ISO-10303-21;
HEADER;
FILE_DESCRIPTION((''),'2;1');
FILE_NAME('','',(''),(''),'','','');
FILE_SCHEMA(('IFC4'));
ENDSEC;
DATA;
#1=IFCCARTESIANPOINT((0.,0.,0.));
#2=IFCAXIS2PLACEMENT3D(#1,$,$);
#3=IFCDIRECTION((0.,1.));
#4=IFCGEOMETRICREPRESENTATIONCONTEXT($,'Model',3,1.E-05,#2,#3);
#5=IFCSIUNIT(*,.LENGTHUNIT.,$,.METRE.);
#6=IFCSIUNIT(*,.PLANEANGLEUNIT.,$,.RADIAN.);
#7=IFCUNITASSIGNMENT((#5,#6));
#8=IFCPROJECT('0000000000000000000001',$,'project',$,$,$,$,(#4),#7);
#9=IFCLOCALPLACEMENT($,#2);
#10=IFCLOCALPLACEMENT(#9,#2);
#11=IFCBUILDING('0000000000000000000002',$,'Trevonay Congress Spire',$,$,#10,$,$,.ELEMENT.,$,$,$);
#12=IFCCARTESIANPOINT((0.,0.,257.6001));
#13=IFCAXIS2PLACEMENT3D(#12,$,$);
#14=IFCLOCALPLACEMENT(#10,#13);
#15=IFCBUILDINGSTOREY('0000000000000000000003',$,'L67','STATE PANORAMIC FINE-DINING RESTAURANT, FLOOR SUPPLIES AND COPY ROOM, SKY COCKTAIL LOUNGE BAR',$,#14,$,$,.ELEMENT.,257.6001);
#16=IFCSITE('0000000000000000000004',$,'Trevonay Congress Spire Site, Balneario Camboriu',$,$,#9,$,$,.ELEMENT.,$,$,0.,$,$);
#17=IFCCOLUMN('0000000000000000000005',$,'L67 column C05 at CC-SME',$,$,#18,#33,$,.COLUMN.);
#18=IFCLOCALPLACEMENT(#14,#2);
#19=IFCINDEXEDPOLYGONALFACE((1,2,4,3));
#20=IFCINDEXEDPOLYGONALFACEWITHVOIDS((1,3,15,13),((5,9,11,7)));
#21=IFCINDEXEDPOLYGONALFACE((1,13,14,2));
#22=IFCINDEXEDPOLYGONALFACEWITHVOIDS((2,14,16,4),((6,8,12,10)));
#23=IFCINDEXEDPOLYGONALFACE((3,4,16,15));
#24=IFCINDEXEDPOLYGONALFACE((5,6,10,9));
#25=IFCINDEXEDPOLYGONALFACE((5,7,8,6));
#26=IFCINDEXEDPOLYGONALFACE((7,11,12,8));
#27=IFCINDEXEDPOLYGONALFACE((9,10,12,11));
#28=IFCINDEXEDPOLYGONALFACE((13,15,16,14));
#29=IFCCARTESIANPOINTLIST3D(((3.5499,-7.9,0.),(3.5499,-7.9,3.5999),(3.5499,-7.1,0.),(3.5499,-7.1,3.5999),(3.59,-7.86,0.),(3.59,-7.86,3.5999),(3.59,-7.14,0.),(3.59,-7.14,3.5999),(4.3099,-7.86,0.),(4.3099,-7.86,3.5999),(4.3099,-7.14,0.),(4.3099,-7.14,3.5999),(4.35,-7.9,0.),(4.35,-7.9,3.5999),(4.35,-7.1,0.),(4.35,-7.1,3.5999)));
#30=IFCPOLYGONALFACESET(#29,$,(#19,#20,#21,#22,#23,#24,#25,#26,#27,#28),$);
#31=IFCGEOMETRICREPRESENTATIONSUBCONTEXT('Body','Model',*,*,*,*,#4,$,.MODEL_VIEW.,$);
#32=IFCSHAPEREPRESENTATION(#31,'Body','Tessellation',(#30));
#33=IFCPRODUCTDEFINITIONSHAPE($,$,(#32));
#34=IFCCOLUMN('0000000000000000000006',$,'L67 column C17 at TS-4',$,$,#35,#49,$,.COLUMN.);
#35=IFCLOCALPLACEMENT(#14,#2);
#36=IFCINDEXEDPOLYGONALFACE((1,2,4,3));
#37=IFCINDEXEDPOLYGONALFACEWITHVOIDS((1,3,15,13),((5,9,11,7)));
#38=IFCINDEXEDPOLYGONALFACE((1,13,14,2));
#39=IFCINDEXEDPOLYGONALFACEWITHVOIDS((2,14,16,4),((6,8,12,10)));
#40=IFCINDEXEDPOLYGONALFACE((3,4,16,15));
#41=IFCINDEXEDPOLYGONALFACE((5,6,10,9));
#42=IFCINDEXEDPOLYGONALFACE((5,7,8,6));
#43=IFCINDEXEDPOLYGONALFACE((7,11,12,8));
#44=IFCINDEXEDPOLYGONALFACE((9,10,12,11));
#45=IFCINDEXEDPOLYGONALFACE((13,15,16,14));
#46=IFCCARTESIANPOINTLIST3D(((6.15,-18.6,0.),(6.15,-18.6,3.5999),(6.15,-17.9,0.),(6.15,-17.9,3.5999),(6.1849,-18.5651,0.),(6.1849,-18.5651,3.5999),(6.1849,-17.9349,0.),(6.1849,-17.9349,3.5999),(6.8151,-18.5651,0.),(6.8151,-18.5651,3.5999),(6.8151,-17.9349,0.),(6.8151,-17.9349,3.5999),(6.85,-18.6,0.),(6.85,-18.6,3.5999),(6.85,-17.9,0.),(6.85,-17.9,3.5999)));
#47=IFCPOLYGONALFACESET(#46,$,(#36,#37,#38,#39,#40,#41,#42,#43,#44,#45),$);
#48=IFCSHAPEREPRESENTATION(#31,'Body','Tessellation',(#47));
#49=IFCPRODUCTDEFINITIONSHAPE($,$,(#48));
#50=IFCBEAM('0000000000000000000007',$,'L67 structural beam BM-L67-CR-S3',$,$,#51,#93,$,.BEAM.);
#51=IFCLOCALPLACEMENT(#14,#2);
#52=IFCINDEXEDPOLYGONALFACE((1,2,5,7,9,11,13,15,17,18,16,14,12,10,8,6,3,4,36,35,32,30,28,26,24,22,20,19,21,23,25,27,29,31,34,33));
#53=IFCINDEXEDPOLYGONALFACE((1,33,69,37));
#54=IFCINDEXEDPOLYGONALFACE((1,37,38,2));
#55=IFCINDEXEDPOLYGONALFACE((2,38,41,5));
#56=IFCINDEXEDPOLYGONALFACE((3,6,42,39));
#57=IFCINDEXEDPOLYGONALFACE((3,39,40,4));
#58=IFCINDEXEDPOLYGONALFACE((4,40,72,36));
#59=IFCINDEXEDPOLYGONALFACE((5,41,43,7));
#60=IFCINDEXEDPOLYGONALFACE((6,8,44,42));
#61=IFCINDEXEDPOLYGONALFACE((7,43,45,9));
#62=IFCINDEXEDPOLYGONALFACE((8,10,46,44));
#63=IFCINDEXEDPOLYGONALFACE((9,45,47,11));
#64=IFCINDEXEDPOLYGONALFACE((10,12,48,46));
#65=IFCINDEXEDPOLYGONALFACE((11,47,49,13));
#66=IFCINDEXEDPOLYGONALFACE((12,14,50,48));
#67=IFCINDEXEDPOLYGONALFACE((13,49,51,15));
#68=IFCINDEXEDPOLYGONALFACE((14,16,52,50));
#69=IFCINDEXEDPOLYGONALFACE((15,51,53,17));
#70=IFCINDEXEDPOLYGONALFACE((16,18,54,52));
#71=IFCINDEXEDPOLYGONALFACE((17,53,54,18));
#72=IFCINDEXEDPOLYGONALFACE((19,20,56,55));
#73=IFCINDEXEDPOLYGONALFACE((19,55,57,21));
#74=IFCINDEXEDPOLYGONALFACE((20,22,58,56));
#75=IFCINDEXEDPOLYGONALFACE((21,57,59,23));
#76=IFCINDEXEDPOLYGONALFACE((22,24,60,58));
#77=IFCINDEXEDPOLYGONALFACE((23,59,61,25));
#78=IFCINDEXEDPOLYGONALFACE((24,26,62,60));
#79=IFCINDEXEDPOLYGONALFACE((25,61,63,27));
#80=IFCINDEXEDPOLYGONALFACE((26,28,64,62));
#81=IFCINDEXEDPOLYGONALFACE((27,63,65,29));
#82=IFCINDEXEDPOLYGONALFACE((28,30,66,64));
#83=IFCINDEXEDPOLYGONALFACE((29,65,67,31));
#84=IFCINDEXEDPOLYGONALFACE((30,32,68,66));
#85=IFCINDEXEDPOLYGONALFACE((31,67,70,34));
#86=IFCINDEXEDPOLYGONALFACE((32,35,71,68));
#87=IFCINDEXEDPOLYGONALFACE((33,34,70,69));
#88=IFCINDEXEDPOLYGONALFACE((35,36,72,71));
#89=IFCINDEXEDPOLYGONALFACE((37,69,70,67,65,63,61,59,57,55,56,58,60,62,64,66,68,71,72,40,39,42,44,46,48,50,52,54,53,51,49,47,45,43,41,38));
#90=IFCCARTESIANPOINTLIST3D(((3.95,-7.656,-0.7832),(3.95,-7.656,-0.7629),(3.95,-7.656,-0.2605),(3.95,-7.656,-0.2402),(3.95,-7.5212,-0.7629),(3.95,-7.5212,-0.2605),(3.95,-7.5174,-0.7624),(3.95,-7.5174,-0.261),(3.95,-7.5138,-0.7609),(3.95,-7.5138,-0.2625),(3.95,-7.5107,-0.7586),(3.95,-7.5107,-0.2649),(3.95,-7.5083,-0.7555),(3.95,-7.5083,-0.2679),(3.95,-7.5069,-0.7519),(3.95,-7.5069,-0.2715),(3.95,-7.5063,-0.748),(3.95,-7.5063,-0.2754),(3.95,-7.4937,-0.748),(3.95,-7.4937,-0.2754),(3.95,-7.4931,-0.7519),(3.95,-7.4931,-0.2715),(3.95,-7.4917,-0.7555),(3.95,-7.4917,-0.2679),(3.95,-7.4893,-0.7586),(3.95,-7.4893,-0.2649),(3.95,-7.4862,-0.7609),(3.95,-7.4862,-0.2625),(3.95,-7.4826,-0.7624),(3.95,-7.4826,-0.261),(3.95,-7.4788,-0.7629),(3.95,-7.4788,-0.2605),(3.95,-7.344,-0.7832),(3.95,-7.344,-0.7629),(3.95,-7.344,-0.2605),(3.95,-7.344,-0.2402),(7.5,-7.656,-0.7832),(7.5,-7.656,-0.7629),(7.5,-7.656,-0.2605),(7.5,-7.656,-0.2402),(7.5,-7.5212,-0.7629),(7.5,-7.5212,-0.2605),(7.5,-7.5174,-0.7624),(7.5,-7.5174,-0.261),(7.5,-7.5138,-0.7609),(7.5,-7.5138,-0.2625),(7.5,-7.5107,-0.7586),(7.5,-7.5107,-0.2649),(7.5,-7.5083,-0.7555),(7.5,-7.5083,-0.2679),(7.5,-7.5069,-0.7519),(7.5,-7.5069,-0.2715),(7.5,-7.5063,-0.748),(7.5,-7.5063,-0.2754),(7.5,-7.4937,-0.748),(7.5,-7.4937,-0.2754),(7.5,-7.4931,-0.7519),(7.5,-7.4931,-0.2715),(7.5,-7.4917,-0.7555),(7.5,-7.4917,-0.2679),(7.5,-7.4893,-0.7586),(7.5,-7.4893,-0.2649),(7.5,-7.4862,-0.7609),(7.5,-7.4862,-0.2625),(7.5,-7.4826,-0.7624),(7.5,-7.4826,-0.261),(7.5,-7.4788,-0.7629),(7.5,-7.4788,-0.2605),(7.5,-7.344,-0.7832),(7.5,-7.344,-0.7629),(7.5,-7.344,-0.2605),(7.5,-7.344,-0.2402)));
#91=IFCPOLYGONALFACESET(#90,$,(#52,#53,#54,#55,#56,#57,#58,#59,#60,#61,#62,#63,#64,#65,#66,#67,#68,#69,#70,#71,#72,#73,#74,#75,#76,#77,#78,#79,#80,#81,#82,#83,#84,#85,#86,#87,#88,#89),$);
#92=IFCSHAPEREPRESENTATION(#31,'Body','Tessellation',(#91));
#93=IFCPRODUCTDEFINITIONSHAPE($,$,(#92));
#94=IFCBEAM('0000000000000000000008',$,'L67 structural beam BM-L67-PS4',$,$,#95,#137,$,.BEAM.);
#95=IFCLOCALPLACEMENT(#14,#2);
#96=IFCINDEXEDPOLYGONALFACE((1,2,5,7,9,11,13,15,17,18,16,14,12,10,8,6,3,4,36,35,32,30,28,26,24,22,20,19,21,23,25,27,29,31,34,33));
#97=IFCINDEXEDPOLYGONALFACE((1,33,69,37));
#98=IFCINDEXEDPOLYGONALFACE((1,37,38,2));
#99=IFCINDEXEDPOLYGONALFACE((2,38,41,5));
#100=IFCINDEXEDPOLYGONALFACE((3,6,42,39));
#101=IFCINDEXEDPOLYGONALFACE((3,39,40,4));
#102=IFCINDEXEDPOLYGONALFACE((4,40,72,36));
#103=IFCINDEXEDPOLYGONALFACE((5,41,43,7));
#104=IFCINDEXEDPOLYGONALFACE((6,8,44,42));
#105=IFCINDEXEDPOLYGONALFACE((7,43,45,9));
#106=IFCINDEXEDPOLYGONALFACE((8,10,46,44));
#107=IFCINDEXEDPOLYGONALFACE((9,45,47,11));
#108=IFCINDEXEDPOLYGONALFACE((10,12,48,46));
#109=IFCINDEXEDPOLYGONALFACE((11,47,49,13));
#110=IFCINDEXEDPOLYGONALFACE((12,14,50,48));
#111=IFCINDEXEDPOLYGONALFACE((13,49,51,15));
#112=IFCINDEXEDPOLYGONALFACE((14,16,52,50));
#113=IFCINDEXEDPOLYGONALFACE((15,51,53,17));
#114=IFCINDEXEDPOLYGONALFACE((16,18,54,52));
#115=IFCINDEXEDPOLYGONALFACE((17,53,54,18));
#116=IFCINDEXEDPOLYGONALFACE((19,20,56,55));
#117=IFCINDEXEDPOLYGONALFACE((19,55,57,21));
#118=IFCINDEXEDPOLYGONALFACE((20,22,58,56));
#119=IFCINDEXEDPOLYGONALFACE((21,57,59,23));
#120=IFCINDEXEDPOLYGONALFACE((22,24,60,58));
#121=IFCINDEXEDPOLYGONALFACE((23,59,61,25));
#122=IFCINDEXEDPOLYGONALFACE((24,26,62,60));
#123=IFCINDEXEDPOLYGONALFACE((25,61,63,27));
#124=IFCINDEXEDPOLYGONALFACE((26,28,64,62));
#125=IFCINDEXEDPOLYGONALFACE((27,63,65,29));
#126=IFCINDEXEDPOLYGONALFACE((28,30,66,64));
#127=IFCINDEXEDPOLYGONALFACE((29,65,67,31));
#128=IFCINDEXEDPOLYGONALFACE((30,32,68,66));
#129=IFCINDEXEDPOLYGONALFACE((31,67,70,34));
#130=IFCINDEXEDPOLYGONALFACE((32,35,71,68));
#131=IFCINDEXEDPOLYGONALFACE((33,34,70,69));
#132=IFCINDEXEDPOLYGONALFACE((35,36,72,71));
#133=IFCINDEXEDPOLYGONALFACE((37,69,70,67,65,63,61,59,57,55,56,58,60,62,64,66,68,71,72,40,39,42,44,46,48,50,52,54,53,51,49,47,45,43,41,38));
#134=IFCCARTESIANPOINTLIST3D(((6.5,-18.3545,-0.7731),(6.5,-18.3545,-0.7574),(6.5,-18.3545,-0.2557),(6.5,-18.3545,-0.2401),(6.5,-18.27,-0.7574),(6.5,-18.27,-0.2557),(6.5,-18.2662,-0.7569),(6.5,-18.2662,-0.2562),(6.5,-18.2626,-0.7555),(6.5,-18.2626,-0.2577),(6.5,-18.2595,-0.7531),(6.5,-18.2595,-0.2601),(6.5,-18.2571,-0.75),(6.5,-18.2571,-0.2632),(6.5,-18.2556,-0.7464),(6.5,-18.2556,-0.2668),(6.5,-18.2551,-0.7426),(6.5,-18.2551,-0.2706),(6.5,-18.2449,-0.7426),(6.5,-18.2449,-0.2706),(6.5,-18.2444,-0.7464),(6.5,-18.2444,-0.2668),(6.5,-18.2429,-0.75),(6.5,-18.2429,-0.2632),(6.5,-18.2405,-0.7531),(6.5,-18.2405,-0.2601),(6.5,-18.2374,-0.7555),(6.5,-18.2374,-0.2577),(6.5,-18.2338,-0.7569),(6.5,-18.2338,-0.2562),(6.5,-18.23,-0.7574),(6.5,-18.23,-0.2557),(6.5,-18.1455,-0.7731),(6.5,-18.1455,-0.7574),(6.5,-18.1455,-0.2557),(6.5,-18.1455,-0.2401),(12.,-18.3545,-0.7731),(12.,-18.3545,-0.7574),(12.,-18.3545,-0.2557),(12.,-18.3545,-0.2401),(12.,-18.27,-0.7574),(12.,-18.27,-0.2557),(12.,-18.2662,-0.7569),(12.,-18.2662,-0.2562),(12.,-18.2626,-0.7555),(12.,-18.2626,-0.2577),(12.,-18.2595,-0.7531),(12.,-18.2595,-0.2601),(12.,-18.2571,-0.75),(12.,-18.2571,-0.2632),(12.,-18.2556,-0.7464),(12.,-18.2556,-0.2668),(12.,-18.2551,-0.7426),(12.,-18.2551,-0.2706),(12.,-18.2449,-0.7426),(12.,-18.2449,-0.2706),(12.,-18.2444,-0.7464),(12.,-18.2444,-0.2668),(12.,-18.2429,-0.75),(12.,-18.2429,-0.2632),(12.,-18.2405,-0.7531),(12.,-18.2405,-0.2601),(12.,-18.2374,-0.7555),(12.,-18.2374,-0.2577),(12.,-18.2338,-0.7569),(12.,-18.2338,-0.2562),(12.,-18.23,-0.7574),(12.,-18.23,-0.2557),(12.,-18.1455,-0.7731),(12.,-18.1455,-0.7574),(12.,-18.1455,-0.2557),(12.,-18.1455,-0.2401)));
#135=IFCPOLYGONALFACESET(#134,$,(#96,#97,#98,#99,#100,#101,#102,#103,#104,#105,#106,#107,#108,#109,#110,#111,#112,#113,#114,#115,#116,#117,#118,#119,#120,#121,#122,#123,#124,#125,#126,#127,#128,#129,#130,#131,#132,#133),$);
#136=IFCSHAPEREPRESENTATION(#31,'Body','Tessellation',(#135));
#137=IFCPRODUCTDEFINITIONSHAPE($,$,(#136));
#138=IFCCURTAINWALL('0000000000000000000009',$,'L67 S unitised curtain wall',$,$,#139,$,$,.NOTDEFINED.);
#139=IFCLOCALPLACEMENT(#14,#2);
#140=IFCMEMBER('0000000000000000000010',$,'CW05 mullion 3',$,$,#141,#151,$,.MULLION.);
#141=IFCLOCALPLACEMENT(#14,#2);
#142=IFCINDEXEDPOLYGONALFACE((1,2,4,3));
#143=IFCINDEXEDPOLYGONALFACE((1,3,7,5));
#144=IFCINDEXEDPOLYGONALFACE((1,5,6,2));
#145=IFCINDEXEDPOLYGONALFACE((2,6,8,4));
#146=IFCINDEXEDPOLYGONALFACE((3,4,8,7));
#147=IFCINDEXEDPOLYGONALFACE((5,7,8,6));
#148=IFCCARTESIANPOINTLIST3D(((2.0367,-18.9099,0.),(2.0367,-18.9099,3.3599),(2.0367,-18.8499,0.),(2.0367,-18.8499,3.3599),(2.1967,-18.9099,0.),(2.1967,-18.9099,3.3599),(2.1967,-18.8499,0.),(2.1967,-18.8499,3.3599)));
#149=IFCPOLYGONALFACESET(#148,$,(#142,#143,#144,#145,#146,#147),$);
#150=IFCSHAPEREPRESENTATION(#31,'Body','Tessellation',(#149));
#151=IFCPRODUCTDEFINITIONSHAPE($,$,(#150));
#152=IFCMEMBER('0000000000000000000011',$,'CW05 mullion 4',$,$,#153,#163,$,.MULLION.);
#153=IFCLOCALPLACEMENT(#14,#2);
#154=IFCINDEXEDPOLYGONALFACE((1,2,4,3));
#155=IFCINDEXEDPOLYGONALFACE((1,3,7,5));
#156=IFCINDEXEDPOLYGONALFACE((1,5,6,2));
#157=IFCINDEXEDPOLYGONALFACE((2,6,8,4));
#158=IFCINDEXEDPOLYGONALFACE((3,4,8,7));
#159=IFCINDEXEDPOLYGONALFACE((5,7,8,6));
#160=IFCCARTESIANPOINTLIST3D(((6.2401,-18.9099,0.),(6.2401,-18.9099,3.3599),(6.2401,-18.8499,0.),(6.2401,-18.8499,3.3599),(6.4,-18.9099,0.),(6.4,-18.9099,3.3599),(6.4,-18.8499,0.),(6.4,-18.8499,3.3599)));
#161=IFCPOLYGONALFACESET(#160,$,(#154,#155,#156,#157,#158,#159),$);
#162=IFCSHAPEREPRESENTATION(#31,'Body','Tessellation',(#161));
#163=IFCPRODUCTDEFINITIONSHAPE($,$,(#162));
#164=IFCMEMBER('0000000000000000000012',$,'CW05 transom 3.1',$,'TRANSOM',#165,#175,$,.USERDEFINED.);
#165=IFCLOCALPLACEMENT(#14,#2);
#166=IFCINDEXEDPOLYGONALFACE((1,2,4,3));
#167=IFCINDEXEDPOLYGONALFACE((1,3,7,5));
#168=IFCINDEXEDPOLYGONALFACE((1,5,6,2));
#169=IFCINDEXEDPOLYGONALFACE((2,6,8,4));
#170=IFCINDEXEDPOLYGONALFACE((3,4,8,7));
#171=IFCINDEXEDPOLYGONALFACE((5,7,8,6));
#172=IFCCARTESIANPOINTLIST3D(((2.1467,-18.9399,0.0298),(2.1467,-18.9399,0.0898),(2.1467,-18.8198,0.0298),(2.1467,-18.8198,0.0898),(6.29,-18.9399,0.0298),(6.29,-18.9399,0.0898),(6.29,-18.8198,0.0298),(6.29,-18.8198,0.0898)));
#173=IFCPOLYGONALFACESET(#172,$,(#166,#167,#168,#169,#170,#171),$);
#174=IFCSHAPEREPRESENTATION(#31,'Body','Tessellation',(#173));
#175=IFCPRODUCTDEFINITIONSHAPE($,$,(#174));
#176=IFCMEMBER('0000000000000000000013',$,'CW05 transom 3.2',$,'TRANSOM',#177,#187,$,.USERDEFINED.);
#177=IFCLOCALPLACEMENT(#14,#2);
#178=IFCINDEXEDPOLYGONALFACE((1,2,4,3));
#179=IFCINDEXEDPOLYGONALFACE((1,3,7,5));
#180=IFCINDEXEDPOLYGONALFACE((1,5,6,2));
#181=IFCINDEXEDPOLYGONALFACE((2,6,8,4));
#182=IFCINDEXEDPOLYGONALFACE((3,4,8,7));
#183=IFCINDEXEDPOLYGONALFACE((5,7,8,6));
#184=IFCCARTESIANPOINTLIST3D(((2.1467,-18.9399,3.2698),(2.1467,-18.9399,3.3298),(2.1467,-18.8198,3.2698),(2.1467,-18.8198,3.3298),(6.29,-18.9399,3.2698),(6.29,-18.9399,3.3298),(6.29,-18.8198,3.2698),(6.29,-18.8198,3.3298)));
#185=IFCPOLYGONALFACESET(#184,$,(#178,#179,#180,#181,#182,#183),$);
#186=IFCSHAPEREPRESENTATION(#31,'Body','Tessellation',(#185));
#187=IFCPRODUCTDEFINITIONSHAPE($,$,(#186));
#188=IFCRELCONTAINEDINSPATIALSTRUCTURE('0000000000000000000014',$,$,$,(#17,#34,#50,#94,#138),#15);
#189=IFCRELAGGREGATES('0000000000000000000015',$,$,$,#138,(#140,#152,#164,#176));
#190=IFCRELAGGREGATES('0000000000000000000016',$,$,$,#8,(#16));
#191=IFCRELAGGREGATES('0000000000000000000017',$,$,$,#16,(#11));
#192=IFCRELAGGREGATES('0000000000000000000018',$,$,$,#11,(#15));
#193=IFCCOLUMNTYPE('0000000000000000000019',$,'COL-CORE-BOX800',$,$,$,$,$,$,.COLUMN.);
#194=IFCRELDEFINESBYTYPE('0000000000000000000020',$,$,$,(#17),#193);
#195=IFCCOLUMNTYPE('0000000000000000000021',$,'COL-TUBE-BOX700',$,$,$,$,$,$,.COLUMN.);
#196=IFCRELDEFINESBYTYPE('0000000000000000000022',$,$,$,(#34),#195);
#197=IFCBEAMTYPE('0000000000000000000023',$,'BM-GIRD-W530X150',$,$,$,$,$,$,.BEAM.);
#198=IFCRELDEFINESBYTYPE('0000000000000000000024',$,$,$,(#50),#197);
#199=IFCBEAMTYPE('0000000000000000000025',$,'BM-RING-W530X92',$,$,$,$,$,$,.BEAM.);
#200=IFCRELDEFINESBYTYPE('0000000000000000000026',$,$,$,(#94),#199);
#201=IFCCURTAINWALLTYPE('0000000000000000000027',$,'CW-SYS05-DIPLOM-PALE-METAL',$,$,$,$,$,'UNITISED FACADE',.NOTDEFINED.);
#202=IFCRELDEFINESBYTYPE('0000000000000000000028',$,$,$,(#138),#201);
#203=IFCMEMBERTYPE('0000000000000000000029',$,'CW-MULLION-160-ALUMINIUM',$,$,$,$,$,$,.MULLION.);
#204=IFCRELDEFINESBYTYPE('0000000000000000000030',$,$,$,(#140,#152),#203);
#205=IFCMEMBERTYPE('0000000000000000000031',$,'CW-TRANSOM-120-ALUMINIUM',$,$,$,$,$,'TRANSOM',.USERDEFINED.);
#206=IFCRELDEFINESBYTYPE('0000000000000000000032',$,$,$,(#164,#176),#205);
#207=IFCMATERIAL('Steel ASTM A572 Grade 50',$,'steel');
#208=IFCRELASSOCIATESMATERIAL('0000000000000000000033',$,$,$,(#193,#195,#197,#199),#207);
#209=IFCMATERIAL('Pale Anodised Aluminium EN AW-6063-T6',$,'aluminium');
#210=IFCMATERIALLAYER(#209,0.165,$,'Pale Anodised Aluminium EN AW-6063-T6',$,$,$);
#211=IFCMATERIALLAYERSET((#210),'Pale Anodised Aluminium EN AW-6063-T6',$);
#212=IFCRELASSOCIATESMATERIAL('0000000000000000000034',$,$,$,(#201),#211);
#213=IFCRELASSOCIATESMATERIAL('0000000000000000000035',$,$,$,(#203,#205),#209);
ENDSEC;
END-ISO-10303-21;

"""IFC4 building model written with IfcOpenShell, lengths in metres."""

from ifc_helpers import new_model, si_unit, direction, frame, origin, origin_2d, place, context, subcontext, project, spatial, rectangle, hollow_rectangle, i_section, extrude, material, layer, layer_set, material_profile, profile_set, type_object, element, aggregate, save


model = new_model("IFC4")

# Units and contexts
model_context = context("Model", 3, precision=1e-05, world=origin(), true_north=direction((0.0, 1.0)))
body_context = subcontext(model_context, "Body", "Model", "MODEL_VIEW")
ifc_project = project(units=[si_unit("LENGTHUNIT", "METRE"), si_unit("PLANEANGLEUNIT", "RADIAN")], contexts=[model_context])

# Site, building, storey
site_placement = place(None, origin())
site = spatial("IfcSite", under=ifc_project, at=site_placement, Name="Trevonay Congress Spire Site, Balneario Camboriu", CompositionType="ELEMENT", RefElevation=0.0)
building_placement = place(site_placement, origin())
building = spatial("IfcBuilding", under=site, at=building_placement, Name="Trevonay Congress Spire", CompositionType="ELEMENT")
storey_placement = place(building_placement, frame((0.0, 0.0, 257.6001)))
storey = spatial("IfcBuildingStorey", under=building, at=storey_placement, Name="L67", Description="STATE PANORAMIC FINE-DINING RESTAURANT, FLOOR SUPPLIES AND COPY ROOM, SKY COCKTAIL LOUNGE BAR", CompositionType="ELEMENT", Elevation=257.6001)

# Columns
ifc_material_1 = material(Name="Steel ASTM A572 Grade 50", Category="steel")
ifc_material_profile_1 = material_profile(ifc_material_1, hollow_rectangle(XDim=0.8, YDim=0.8, WallThickness=0.04, at=origin_2d()), Name="BOX 800x800x40")
ifc_profile_set_1 = profile_set([ifc_material_profile_1], Name="Steel ASTM A572 Grade 50")
column_type_1 = type_object("IfcColumnType", Name="COL-CORE-BOX800", PredefinedType="COLUMN", material=ifc_profile_set_1)
column_1_placement = place(storey_placement, frame((3.95, -7.5, 0.0), z_axis=(0.0, 0.0, 1.0), x_axis=(1.0, 0.0, 0.0)))
element("IfcColumn", 1, at=column_1_placement, inside=storey, type_object=column_type_1, Name="L67 column C05 at CC-SME", PredefinedType="COLUMN", context=body_context, shape_type="SweptSolid", body=[
    extrude(hollow_rectangle(XDim=0.8, YDim=0.8, WallThickness=0.04, at=origin_2d()), origin(), (0.0, 0.0, 1.0), 3.5999),
])
ifc_material_profile_2 = material_profile(ifc_material_1, hollow_rectangle(XDim=0.7, YDim=0.7, WallThickness=0.0349, at=origin_2d()), Name="BOX 700x700x35")
ifc_profile_set_2 = profile_set([ifc_material_profile_2], Name="Steel ASTM A572 Grade 50")
column_type_2 = type_object("IfcColumnType", Name="COL-TUBE-BOX700", PredefinedType="COLUMN", material=ifc_profile_set_2)
column_2_placement = place(storey_placement, frame((6.5, -18.25, 0.0), z_axis=(0.0, 0.0, 1.0), x_axis=(1.0, 0.0, 0.0)))
element("IfcColumn", 2, at=column_2_placement, inside=storey, type_object=column_type_2, Name="L67 column C17 at TS-4", PredefinedType="COLUMN", context=body_context, shape_type="SweptSolid", body=[
    extrude(hollow_rectangle(XDim=0.7, YDim=0.7, WallThickness=0.0349, at=origin_2d()), origin(), (0.0, 0.0, 1.0), 3.5999),
])

# Beams
ifc_material_profile_3 = material_profile(ifc_material_1, i_section(OverallWidth=0.312, OverallDepth=0.543, WebThickness=0.0127, FlangeThickness=0.0203, FilletRadius=0.0149, at=origin_2d()), Name="W530x150")
ifc_profile_set_3 = profile_set([ifc_material_profile_3], Name="Steel ASTM A572 Grade 50")
beam_type_1 = type_object("IfcBeamType", Name="BM-GIRD-W530X150", PredefinedType="BEAM", material=ifc_profile_set_3)
beam_1_placement = place(storey_placement, frame((3.95, -7.5, -0.5117), z_axis=(1.0, 0.0, 0.0), x_axis=(0.0, 1.0, 0.0)))
element("IfcBeam", 3, at=beam_1_placement, inside=storey, type_object=beam_type_1, Name="L67 structural beam BM-L67-CR-S3", PredefinedType="BEAM", context=body_context, shape_type="SweptSolid", body=[
    extrude(i_section(OverallWidth=0.312, OverallDepth=0.543, WebThickness=0.0127, FlangeThickness=0.0203, FilletRadius=0.0149, at=origin_2d()), origin(), (0.0, 0.0, 1.0), 3.55),
])
ifc_material_profile_4 = material_profile(ifc_material_1, i_section(OverallWidth=0.209, OverallDepth=0.533, WebThickness=0.0103, FlangeThickness=0.0156, FilletRadius=0.0149, at=origin_2d()), Name="W530x92")
ifc_profile_set_4 = profile_set([ifc_material_profile_4], Name="Steel ASTM A572 Grade 50")
beam_type_2 = type_object("IfcBeamType", Name="BM-RING-W530X92", PredefinedType="BEAM", material=ifc_profile_set_4)
beam_2_placement = place(storey_placement, frame((6.5, -18.25, -0.5066), z_axis=(1.0, 0.0, 0.0), x_axis=(0.0, 1.0, 0.0)))
element("IfcBeam", 4, at=beam_2_placement, inside=storey, type_object=beam_type_2, Name="L67 structural beam BM-L67-PS4", PredefinedType="BEAM", context=body_context, shape_type="SweptSolid", body=[
    extrude(i_section(OverallWidth=0.209, OverallDepth=0.533, WebThickness=0.0103, FlangeThickness=0.0156, FilletRadius=0.0149, at=origin_2d()), origin(), (0.0, 0.0, 1.0), 5.5),
])

# Curtain wall, members
ifc_material_2 = material(Name="Pale Anodised Aluminium EN AW-6063-T6", Category="aluminium")
ifc_layer_1 = layer(ifc_material_2, 0.165, Name="Pale Anodised Aluminium EN AW-6063-T6")
ifc_layer_set_1 = layer_set([ifc_layer_1], Name="Pale Anodised Aluminium EN AW-6063-T6")
curtain_wall_type = type_object("IfcCurtainWallType", Name="CW-SYS05-DIPLOM-PALE-METAL", ElementType="UNITISED FACADE", PredefinedType="NOTDEFINED", material=ifc_layer_set_1)
curtain_wall_placement = place(storey_placement, origin())
curtain_wall = element("IfcCurtainWall", 5, at=curtain_wall_placement, inside=storey, type_object=curtain_wall_type, Name="L67 S unitised curtain wall", PredefinedType="NOTDEFINED")
ifc_material_profile_5 = material_profile(ifc_material_2, rectangle(XDim=0.0601, YDim=0.1599, at=origin_2d()), Name="CW-MULLION-160-ALUMINIUM")
ifc_profile_set_5 = profile_set([ifc_material_profile_5], Name="Pale Anodised Aluminium EN AW-6063-T6")
member_type_1 = type_object("IfcMemberType", Name="CW-MULLION-160-ALUMINIUM", PredefinedType="MULLION", material=ifc_profile_set_5)
member_1_placement = place(storey_placement, frame((2.1167, -18.8799, 0.0), z_axis=(0.0, 0.0, 1.0), x_axis=(0.0, 1.0, 0.0)))
member_1 = element("IfcMember", 6, at=member_1_placement, type_object=member_type_1, Name="CW05 mullion 3", PredefinedType="MULLION", context=body_context, shape_type="SweptSolid", body=[
    extrude(rectangle(XDim=0.0601, YDim=0.1599, at=origin_2d()), origin(), (0.0, 0.0, 1.0), 3.3599),
])
member_2_placement = place(storey_placement, frame((6.3201, -18.8799, 0.0), z_axis=(0.0, 0.0, 1.0), x_axis=(0.0, 1.0, 0.0)))
member_2 = element("IfcMember", 7, at=member_2_placement, type_object=member_type_1, Name="CW05 mullion 4", PredefinedType="MULLION", context=body_context, shape_type="SweptSolid", body=[
    extrude(rectangle(XDim=0.0601, YDim=0.1599, at=origin_2d()), origin(), (0.0, 0.0, 1.0), 3.3599),
])
ifc_material_profile_6 = material_profile(ifc_material_2, rectangle(XDim=0.1201, YDim=0.0601, at=origin_2d()), Name="CW-TRANSOM-120-ALUMINIUM")
ifc_profile_set_6 = profile_set([ifc_material_profile_6], Name="Pale Anodised Aluminium EN AW-6063-T6")
member_type_2 = type_object("IfcMemberType", Name="CW-TRANSOM-120-ALUMINIUM", ElementType="TRANSOM", PredefinedType="USERDEFINED", material=ifc_profile_set_6)
member_3_placement = place(storey_placement, frame((2.1467, -18.8799, 0.0598), z_axis=(1.0, 0.0, 0.0), x_axis=(0.0, 1.0, 0.0)))
member_3 = element("IfcMember", 8, at=member_3_placement, type_object=member_type_2, Name="CW05 transom 3.1", ObjectType="TRANSOM", PredefinedType="USERDEFINED", context=body_context, shape_type="SweptSolid", body=[
    extrude(rectangle(XDim=0.1201, YDim=0.0601, at=origin_2d()), origin(), (0.0, 0.0, 1.0), 4.1433),
])
member_4_placement = place(storey_placement, frame((2.1467, -18.8799, 3.2998), z_axis=(1.0, 0.0, 0.0), x_axis=(0.0, 1.0, 0.0)))
member_4 = element("IfcMember", 9, at=member_4_placement, type_object=member_type_2, Name="CW05 transom 3.2", ObjectType="TRANSOM", PredefinedType="USERDEFINED", context=body_context, shape_type="SweptSolid", body=[
    extrude(rectangle(XDim=0.1201, YDim=0.0601, at=origin_2d()), origin(), (0.0, 0.0, 1.0), 4.1433),
])

aggregate(curtain_wall, [member_1, member_2, member_3, member_4])

save(model, "model.ifc")
